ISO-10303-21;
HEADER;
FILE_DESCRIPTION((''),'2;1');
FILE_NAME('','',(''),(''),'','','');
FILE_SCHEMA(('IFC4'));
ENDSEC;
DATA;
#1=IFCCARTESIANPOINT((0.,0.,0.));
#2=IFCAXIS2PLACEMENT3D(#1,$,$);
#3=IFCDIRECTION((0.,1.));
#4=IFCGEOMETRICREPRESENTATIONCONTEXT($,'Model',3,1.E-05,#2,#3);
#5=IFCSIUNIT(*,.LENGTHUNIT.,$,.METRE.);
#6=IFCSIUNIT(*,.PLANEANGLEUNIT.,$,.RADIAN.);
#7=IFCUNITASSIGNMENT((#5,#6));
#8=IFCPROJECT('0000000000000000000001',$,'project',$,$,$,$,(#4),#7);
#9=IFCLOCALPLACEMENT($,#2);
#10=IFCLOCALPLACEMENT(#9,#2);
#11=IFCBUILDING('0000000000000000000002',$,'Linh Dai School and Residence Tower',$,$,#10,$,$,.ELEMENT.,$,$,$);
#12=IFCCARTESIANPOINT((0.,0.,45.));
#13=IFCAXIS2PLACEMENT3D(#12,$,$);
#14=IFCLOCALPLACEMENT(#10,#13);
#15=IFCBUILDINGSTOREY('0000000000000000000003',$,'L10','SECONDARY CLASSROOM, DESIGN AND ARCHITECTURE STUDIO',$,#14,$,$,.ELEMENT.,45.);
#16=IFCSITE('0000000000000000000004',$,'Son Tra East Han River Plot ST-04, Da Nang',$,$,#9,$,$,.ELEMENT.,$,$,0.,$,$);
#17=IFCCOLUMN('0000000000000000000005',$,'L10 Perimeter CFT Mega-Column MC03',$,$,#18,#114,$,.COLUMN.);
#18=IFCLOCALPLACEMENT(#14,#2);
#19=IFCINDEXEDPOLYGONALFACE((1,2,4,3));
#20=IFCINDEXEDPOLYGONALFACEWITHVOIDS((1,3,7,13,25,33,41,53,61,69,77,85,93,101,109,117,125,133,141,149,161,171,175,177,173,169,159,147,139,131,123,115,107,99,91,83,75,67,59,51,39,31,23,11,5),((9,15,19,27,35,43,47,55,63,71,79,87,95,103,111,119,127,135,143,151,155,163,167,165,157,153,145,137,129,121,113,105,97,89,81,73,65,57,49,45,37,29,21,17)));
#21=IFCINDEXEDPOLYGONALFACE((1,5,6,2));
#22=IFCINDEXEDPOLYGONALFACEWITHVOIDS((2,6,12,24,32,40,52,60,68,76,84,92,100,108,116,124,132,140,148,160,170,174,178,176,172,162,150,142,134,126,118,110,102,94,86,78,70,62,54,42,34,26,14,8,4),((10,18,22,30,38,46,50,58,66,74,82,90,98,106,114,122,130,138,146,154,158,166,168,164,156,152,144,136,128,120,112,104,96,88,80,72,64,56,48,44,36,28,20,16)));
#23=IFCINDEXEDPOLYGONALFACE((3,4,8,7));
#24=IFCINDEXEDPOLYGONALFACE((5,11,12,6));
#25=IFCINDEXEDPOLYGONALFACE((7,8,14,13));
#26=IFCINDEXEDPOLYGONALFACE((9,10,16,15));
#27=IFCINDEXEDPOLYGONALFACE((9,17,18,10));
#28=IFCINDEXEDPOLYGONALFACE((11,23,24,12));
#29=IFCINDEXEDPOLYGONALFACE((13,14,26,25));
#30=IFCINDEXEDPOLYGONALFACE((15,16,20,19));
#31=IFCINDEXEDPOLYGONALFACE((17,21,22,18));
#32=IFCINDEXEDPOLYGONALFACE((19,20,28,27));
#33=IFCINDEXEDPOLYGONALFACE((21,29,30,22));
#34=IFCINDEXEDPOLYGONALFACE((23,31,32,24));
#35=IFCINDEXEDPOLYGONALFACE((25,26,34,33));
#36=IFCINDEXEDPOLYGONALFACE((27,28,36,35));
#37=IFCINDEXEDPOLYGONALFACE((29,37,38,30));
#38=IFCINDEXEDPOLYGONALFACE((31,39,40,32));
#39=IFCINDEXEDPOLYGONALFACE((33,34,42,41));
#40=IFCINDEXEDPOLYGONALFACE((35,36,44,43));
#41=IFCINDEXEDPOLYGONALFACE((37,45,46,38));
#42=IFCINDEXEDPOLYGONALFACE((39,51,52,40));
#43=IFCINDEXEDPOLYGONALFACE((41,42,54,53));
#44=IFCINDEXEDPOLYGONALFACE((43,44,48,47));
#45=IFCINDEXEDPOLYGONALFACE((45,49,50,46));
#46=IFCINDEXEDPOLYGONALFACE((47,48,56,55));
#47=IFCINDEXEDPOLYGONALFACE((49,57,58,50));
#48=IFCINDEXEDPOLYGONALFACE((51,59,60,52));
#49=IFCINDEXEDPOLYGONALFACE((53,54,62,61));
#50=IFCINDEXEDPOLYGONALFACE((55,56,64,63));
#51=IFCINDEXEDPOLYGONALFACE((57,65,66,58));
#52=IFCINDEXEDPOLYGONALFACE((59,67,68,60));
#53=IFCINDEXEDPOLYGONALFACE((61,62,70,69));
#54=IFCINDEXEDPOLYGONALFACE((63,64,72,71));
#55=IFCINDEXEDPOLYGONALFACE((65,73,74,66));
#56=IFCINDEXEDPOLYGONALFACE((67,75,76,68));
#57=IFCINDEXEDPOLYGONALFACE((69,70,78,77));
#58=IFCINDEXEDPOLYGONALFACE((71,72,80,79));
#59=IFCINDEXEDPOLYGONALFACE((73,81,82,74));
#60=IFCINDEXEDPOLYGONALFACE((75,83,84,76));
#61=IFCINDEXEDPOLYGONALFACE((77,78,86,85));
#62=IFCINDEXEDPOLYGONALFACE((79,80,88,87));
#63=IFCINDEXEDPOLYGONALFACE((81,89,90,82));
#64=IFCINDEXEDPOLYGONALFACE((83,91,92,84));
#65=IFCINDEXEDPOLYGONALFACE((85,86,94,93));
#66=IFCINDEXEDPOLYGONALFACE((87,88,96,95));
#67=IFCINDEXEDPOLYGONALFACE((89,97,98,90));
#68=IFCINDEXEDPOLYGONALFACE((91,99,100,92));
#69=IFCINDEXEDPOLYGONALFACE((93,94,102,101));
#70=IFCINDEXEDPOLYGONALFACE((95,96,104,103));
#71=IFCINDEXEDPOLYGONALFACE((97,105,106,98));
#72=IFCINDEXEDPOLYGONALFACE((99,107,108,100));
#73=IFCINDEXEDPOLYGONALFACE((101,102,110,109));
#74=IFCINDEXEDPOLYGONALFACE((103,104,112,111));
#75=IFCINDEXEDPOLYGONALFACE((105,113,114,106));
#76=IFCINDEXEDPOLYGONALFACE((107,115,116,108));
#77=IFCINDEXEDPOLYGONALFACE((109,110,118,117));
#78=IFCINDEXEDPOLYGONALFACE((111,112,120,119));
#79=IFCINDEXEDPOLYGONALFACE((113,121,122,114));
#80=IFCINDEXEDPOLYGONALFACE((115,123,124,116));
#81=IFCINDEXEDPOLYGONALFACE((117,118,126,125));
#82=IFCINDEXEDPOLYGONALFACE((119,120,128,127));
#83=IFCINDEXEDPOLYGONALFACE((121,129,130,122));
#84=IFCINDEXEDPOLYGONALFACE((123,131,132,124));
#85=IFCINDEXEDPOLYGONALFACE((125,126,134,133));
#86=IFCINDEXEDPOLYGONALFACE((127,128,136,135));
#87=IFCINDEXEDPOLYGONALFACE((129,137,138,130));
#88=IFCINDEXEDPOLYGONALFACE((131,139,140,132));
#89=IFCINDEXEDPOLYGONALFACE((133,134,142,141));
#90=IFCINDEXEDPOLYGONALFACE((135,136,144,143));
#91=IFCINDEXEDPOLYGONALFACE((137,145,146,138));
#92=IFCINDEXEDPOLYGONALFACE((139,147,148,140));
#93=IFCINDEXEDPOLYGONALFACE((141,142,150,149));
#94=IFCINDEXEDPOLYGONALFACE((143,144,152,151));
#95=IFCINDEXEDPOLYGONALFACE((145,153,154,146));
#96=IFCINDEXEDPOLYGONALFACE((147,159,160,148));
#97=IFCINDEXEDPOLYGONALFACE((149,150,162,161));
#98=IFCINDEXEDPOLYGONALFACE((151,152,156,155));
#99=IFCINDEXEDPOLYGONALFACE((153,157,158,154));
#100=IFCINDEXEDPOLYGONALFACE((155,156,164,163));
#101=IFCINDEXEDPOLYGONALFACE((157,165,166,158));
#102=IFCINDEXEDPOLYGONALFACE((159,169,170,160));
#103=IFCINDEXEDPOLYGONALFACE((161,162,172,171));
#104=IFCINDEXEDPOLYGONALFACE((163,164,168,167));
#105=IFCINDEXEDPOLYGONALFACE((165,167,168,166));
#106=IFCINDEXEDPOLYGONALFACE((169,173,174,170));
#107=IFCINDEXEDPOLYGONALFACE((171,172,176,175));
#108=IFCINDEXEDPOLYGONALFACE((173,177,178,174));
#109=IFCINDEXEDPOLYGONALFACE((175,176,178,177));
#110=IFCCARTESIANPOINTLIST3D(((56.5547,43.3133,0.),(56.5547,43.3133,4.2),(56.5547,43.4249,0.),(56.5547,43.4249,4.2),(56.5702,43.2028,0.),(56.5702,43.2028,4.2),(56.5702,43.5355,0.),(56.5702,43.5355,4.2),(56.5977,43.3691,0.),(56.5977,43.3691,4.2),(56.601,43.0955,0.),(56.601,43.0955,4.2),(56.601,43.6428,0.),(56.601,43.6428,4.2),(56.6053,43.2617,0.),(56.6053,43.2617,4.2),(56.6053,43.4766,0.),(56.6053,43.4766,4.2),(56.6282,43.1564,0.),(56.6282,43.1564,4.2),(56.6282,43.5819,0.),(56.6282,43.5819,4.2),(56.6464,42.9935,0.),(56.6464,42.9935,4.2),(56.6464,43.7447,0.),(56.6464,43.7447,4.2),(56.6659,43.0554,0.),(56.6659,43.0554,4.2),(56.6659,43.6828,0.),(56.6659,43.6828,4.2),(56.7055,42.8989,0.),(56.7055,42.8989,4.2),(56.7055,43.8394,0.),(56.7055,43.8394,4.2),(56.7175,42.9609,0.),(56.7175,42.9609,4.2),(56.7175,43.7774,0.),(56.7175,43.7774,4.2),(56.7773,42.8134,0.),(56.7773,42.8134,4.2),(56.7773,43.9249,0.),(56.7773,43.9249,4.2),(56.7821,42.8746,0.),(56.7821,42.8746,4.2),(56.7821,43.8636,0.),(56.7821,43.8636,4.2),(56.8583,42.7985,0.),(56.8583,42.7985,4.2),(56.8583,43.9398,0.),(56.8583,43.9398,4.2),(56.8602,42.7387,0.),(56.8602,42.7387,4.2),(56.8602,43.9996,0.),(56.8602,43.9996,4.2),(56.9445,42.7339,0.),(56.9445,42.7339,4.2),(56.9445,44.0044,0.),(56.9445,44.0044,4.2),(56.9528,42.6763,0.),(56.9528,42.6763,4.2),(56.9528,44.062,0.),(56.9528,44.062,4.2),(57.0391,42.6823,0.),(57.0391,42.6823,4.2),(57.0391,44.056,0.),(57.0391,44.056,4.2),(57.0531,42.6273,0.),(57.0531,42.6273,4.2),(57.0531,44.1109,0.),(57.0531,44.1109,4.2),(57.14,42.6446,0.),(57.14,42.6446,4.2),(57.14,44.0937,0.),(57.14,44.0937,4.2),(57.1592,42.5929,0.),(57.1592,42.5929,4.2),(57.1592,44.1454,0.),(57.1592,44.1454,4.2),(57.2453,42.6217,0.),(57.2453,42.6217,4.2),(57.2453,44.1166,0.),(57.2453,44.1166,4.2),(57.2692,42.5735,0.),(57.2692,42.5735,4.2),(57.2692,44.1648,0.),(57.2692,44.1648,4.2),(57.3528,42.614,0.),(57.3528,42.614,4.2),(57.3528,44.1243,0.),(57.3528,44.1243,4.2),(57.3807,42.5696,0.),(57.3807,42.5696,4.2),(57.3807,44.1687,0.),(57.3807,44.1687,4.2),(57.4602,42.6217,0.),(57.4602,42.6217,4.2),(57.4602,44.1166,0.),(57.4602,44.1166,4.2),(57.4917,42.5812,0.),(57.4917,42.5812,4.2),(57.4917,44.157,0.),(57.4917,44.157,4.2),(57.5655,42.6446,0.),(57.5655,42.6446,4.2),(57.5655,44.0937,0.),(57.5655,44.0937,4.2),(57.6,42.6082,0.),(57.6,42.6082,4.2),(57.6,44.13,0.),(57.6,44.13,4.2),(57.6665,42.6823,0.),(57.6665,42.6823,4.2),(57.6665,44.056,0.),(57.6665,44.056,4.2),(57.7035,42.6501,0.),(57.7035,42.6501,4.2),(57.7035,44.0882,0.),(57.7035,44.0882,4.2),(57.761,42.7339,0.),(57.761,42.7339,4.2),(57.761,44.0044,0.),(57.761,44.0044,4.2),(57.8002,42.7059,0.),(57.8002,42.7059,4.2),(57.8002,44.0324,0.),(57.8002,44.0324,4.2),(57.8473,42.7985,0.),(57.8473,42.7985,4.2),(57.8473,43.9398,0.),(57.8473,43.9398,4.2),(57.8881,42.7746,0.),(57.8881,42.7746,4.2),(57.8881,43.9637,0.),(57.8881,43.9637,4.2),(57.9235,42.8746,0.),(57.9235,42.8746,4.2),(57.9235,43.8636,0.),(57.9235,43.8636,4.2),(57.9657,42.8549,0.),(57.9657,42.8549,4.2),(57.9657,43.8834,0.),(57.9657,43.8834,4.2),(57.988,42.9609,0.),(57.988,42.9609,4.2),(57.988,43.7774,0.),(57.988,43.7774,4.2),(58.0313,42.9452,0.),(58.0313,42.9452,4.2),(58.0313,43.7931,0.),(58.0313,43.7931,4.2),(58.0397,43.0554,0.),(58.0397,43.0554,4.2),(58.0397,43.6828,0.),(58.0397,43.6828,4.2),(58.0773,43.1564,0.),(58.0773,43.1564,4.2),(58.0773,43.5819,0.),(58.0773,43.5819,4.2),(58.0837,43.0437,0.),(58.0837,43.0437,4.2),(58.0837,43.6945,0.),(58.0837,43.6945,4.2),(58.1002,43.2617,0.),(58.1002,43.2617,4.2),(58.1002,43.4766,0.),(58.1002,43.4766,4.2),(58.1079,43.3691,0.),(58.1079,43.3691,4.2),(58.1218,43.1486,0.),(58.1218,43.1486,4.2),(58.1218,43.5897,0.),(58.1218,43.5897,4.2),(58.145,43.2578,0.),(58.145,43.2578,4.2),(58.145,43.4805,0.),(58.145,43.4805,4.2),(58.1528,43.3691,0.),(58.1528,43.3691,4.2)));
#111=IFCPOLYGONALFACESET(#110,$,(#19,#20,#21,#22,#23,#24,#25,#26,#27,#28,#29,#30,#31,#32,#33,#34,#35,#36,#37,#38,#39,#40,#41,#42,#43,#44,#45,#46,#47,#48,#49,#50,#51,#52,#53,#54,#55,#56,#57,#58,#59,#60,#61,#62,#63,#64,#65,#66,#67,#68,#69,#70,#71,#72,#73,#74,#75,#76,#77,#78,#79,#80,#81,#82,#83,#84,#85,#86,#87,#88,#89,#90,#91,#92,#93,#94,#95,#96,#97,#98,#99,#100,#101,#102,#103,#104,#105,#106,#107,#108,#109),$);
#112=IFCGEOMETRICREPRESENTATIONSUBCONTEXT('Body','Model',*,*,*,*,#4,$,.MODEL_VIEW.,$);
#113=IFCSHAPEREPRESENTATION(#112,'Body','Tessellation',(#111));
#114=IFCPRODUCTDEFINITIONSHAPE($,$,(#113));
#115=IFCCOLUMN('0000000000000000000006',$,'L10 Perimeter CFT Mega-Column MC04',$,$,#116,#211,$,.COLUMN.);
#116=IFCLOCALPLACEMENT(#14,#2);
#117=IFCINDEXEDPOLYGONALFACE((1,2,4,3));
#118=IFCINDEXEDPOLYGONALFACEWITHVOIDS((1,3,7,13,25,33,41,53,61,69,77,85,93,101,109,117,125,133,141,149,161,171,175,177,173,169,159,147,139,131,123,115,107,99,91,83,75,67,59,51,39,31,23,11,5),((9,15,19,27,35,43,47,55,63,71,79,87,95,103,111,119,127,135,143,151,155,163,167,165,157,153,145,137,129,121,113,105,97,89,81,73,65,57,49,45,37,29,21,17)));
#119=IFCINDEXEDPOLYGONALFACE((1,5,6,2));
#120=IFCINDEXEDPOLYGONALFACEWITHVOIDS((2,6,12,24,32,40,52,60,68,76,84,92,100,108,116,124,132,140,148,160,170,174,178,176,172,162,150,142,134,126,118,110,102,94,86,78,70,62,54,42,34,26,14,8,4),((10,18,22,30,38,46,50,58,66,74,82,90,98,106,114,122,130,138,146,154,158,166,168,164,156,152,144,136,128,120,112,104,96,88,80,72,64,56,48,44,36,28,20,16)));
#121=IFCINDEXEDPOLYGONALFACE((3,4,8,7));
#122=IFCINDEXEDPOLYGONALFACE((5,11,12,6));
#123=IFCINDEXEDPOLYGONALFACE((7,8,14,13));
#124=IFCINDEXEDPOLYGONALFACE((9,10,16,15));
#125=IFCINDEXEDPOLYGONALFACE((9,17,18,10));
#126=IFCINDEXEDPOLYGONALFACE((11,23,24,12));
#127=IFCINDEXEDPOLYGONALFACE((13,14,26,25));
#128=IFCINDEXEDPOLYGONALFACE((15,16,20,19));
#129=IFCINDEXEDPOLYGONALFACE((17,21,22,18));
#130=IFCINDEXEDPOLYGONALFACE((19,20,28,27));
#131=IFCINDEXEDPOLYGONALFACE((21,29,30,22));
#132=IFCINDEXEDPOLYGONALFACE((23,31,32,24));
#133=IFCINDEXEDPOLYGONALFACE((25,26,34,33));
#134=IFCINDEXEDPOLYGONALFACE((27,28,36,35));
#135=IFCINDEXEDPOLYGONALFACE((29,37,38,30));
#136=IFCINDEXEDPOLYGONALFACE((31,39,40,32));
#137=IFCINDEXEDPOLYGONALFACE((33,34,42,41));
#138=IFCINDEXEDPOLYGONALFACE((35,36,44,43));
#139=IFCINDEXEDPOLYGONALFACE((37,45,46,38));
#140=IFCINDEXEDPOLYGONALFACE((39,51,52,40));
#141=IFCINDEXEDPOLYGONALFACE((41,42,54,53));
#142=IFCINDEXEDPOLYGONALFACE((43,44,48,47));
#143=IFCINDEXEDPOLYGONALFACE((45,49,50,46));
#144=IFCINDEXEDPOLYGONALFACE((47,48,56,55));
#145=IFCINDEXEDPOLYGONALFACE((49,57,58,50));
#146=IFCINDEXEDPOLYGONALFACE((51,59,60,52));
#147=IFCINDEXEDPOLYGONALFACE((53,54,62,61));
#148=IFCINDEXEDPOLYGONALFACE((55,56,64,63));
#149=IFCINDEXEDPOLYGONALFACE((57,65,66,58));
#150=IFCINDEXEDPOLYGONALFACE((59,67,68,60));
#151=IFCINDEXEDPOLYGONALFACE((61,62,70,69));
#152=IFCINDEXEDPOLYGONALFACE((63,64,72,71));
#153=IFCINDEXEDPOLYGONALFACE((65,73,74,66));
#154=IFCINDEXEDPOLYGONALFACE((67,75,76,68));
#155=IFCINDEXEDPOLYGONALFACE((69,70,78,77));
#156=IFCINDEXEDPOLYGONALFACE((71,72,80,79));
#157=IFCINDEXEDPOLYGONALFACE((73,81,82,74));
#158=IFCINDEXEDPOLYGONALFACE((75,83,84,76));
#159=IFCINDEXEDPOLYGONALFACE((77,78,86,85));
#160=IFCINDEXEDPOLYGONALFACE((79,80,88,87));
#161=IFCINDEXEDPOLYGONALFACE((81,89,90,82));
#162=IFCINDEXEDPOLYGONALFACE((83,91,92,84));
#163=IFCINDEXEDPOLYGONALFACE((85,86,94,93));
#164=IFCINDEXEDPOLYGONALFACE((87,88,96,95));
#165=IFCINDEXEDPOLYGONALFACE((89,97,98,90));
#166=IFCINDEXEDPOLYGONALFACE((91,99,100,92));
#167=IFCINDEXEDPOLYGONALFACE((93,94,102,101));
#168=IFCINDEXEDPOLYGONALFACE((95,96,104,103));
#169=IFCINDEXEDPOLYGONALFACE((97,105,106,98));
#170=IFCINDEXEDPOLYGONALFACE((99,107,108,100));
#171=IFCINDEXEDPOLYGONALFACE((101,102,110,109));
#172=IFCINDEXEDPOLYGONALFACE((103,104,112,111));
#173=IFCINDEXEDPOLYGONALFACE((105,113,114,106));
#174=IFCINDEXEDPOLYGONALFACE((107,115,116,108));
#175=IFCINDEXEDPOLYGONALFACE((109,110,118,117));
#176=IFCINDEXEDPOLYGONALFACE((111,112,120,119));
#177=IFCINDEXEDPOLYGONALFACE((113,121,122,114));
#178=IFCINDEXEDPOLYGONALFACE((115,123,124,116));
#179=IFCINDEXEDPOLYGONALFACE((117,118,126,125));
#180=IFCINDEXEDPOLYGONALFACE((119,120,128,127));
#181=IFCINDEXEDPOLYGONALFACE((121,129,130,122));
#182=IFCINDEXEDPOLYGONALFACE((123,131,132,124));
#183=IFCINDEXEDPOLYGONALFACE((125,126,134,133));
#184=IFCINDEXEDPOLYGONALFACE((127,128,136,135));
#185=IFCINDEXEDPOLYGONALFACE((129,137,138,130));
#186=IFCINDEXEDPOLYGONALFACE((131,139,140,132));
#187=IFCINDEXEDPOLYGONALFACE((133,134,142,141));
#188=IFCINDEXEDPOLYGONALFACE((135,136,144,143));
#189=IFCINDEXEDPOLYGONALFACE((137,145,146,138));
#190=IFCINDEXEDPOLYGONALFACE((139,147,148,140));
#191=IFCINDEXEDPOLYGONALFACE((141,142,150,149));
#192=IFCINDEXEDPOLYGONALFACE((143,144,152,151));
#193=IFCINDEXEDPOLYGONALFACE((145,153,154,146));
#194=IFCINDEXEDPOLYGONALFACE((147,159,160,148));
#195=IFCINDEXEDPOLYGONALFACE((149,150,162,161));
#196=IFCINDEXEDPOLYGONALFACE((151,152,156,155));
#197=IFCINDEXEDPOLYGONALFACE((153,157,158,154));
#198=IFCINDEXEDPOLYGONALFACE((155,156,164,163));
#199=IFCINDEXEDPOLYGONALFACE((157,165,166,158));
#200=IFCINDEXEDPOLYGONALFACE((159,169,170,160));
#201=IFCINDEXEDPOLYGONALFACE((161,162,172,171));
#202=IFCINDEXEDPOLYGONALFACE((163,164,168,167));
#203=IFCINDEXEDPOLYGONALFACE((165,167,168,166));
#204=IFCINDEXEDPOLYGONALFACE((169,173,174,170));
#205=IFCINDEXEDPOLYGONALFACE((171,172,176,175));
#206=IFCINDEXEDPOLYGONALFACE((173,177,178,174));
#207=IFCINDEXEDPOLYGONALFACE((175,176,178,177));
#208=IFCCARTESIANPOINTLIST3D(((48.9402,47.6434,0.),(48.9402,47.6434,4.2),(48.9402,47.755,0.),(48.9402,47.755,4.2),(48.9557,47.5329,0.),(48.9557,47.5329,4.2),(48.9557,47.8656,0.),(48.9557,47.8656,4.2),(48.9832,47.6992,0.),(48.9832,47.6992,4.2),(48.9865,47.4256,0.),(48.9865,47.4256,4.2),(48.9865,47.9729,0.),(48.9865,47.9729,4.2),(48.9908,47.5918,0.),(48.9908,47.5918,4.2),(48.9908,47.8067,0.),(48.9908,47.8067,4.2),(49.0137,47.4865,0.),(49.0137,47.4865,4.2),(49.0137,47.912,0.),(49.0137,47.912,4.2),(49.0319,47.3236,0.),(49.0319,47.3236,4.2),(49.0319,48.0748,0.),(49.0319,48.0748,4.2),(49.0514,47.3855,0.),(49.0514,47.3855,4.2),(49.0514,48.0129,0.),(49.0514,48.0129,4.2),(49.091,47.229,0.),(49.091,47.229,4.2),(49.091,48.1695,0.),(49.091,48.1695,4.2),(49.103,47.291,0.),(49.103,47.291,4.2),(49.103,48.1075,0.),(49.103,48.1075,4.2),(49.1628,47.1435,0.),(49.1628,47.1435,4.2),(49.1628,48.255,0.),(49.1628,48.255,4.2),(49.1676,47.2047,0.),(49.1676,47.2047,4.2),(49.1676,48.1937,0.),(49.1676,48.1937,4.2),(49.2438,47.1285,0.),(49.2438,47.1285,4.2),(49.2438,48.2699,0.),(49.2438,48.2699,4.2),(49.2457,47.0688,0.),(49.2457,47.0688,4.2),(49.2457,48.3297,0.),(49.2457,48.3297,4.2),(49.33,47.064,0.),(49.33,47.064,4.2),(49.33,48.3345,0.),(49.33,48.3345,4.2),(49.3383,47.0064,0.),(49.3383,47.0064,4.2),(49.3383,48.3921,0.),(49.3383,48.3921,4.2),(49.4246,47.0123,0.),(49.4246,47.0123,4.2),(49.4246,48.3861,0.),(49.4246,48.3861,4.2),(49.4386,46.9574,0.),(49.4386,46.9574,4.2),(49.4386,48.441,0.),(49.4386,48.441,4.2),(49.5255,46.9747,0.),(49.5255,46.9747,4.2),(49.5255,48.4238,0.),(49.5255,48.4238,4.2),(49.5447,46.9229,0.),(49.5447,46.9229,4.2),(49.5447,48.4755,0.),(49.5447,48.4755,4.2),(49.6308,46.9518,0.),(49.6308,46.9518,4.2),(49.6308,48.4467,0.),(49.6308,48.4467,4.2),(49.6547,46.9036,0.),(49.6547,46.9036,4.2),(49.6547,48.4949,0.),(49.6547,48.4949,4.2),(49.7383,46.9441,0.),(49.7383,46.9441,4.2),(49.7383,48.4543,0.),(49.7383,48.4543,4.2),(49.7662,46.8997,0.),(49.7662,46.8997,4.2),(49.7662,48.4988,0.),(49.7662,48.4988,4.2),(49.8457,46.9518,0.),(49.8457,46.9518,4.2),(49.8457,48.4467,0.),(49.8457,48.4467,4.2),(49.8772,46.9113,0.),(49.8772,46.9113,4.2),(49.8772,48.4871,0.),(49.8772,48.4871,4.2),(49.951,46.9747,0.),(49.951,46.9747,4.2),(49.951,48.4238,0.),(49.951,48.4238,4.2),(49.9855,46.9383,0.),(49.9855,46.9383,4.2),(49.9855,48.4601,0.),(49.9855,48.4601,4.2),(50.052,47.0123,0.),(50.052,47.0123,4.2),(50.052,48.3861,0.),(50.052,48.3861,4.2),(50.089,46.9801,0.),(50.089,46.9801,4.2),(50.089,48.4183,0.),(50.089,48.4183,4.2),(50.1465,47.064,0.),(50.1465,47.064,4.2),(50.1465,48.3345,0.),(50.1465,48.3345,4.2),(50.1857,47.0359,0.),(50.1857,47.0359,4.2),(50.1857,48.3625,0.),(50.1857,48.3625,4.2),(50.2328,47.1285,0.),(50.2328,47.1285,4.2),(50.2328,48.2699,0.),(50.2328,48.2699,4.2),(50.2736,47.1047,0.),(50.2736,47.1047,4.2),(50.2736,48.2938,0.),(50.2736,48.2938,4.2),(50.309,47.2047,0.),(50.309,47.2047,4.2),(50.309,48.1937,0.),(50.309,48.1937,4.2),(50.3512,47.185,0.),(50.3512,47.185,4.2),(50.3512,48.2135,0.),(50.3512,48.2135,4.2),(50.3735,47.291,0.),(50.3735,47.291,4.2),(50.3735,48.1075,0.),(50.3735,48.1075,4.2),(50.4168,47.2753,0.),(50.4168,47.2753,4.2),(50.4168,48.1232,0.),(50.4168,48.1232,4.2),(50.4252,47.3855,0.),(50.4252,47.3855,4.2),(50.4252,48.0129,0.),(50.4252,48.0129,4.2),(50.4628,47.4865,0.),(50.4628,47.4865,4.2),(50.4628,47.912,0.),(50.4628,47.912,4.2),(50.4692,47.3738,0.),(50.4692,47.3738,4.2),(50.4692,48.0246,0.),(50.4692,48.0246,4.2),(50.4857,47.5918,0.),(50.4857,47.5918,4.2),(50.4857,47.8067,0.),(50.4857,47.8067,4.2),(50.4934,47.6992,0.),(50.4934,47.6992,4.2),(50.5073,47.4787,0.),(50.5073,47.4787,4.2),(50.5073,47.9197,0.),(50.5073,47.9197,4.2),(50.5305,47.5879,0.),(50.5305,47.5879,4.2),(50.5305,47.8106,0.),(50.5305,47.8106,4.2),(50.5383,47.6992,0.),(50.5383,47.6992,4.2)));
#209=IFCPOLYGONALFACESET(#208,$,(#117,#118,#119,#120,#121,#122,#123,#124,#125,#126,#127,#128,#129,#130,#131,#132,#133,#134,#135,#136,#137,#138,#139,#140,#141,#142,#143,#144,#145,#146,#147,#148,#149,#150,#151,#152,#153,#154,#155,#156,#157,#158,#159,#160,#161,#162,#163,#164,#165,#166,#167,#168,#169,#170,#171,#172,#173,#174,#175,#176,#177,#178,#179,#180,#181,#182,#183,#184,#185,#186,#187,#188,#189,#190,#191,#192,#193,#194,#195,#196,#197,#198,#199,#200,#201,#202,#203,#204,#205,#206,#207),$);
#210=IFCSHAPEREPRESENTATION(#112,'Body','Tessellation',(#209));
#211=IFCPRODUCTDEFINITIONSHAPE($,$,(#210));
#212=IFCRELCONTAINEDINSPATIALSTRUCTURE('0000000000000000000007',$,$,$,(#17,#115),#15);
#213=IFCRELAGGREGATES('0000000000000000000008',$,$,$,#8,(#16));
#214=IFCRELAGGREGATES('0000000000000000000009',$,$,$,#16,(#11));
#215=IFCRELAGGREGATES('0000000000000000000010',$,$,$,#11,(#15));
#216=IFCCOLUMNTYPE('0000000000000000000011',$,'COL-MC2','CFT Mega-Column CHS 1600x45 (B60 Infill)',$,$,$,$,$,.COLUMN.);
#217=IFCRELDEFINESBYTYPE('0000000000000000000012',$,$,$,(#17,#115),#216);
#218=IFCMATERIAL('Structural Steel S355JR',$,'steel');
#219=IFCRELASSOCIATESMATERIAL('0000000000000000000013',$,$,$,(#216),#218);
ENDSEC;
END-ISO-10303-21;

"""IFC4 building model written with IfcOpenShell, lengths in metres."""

from ifc_helpers import new_model, si_unit, direction, frame, origin, origin_2d, place, context, subcontext, project, spatial, hollow_circle, extrude, material, material_profile, profile_set, type_object, element, save


model = new_model("IFC4")

# Units and contexts
model_context = context("Model", 3, precision=1e-05, world=origin(), true_north=direction((0.0, 1.0)))
body_context = subcontext(model_context, "Body", "Model", "MODEL_VIEW")
ifc_project = project(units=[si_unit("LENGTHUNIT", "METRE"), si_unit("PLANEANGLEUNIT", "RADIAN")], contexts=[model_context])

# Site, building, storey
site_placement = place(None, origin())
site = spatial("IfcSite", under=ifc_project, at=site_placement, Name="Son Tra East Han River Plot ST-04, Da Nang", CompositionType="ELEMENT", RefElevation=0.0)
building_placement = place(site_placement, origin())
building = spatial("IfcBuilding", under=site, at=building_placement, Name="Linh Dai School and Residence Tower", CompositionType="ELEMENT")
storey_placement = place(building_placement, frame((0.0, 0.0, 45.0)))
storey = spatial("IfcBuildingStorey", under=building, at=storey_placement, Name="L10", Description="SECONDARY CLASSROOM, DESIGN AND ARCHITECTURE STUDIO", CompositionType="ELEMENT", Elevation=45.0)

# Columns
ifc_material_1 = material(Name="Structural Steel S355JR", Category="steel")
ifc_material_profile_1 = material_profile(ifc_material_1, hollow_circle(Radius=0.8, WallThickness=0.0449, at=origin_2d()), Name="CHS 1600x45")
ifc_profile_set_1 = profile_set([ifc_material_profile_1], Name="Structural Steel S355JR")
column_type_1 = type_object("IfcColumnType", Name="COL-MC2", Description="CFT Mega-Column CHS 1600x45 (B60 Infill)", PredefinedType="COLUMN", material=ifc_profile_set_1)
for number, where, z_axis, x_axis, name in (
    (1, (57.3528, 43.3691, 0.0), (0.0, 0.0, 1.0), (1.0, 0.0, 0.0), "L10 Perimeter CFT Mega-Column MC03"),
    (2, (49.7383, 47.6992, 0.0), (0.0, 0.0, 1.0), (1.0, 0.0, 0.0), "L10 Perimeter CFT Mega-Column MC04"),
):
    element("IfcColumn", number, at=place(storey_placement, frame(where, z_axis=z_axis, x_axis=x_axis)), inside=storey, type_object=column_type_1, Name=name, PredefinedType="COLUMN", context=body_context, shape_type="SweptSolid", body=[
        extrude(hollow_circle(Radius=0.8, WallThickness=0.0449, at=origin_2d()), origin(), (0.0, 0.0, 1.0), 4.2),
    ])

save(model, "model.ifc")
